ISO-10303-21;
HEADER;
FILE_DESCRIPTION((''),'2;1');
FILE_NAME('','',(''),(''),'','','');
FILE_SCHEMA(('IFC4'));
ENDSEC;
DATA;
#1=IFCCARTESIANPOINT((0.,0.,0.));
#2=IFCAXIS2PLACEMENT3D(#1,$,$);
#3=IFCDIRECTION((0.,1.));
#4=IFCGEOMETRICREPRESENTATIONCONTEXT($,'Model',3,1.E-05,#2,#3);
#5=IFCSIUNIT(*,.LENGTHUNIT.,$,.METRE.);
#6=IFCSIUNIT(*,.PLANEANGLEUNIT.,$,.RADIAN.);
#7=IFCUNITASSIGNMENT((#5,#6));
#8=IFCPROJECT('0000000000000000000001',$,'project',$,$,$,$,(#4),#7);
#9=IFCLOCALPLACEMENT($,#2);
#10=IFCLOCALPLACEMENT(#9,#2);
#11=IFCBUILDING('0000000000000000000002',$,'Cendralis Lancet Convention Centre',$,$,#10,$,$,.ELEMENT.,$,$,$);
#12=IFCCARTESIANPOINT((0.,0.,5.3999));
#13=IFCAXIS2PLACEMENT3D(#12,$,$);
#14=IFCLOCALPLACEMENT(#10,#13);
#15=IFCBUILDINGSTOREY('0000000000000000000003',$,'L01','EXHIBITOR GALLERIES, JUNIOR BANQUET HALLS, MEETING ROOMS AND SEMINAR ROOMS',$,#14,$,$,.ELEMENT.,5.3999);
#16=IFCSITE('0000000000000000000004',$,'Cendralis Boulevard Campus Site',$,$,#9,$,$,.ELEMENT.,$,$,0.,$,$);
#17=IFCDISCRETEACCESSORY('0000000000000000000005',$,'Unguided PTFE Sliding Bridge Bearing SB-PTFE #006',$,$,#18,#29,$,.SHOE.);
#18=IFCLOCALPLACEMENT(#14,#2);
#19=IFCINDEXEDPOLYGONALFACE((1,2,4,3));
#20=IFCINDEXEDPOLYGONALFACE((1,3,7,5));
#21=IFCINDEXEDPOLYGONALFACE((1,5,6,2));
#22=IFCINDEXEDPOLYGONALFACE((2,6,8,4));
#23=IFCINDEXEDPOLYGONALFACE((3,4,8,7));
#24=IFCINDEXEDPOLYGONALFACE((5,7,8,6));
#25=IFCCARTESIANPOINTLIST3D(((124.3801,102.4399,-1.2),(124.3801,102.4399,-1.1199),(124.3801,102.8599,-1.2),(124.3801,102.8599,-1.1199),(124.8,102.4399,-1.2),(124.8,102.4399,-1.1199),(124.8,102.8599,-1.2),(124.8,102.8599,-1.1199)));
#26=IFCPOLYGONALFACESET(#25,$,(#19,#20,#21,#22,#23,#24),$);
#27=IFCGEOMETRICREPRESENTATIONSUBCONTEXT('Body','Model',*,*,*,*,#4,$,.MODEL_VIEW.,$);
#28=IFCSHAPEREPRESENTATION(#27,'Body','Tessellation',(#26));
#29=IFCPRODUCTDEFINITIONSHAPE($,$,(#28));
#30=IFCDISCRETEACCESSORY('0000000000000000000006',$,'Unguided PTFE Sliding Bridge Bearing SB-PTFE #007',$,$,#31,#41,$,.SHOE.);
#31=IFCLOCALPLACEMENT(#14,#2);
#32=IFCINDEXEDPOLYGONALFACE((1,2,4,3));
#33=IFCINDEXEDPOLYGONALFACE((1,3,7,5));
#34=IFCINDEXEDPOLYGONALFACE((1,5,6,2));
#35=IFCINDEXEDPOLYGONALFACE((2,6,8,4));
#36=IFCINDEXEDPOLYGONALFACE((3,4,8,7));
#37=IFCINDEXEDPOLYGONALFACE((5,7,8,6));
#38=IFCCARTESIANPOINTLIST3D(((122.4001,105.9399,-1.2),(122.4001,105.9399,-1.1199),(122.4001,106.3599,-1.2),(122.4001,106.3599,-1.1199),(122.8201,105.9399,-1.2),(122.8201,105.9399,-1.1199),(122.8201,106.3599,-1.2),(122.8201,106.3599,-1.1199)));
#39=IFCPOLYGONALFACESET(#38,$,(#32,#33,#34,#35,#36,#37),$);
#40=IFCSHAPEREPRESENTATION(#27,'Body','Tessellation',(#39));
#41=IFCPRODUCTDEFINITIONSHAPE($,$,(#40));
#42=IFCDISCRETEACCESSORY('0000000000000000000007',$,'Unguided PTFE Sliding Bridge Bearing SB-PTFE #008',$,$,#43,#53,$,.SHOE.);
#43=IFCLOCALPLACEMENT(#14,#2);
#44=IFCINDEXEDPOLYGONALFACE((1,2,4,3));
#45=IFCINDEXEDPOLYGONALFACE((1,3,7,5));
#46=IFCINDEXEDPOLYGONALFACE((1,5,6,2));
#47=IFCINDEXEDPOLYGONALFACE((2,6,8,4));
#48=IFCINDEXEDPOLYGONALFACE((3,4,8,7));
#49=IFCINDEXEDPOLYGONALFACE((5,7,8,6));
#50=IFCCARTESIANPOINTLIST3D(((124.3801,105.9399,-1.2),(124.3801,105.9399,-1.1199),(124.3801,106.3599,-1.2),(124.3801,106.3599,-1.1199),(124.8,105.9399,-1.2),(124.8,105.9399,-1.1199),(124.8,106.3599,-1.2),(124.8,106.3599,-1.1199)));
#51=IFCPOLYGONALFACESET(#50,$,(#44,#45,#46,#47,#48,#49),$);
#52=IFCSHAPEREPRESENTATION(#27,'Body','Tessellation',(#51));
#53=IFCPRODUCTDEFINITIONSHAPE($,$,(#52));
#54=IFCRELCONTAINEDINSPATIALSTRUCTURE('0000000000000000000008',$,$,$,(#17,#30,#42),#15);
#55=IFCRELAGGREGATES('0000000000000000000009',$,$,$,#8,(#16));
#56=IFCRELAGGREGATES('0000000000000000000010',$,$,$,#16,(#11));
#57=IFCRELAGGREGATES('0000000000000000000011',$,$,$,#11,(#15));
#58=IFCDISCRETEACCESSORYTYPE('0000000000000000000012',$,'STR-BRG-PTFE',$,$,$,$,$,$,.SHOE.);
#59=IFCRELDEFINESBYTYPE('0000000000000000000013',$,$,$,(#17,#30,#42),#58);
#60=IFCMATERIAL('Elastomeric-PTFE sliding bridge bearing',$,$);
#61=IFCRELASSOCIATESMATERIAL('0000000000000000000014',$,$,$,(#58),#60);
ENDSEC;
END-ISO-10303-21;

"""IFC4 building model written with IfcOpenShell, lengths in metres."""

from ifc_helpers import new_model, si_unit, direction, frame, origin, origin_2d, place, context, subcontext, project, spatial, rectangle, extrude, material, type_object, element, save


model = new_model("IFC4")

# Units and contexts
model_context = context("Model", 3, precision=1e-05, world=origin(), true_north=direction((0.0, 1.0)))
body_context = subcontext(model_context, "Body", "Model", "MODEL_VIEW")
ifc_project = project(units=[si_unit("LENGTHUNIT", "METRE"), si_unit("PLANEANGLEUNIT", "RADIAN")], contexts=[model_context])

# Site, building, storey
site_placement = place(None, origin())
site = spatial("IfcSite", under=ifc_project, at=site_placement, Name="Cendralis Boulevard Campus Site", CompositionType="ELEMENT", RefElevation=0.0)
building_placement = place(site_placement, origin())
building = spatial("IfcBuilding", under=site, at=building_placement, Name="Cendralis Lancet Convention Centre", CompositionType="ELEMENT")
storey_placement = place(building_placement, frame((0.0, 0.0, 5.3999)))
storey = spatial("IfcBuildingStorey", under=building, at=storey_placement, Name="L01", Description="EXHIBITOR GALLERIES, JUNIOR BANQUET HALLS, MEETING ROOMS AND SEMINAR ROOMS", CompositionType="ELEMENT", Elevation=5.3999)

# Discrete accessories
ifc_material_1 = material(Name="Elastomeric-PTFE sliding bridge bearing")
discrete_accessory_type = type_object("IfcDiscreteAccessoryType", Name="STR-BRG-PTFE", PredefinedType="SHOE", material=ifc_material_1)
for number, where, z_axis, x_axis, name in (
    (1, (124.5901, 102.6499, -1.2), (0.0, 0.0, 1.0), (1.0, 0.0, 0.0), "Unguided PTFE Sliding Bridge Bearing SB-PTFE #006"),
    (2, (122.6101, 106.1499, -1.2), (0.0, 0.0, 1.0), (1.0, 0.0, 0.0), "Unguided PTFE Sliding Bridge Bearing SB-PTFE #007"),
    (3, (124.5901, 106.1499, -1.2), (0.0, 0.0, 1.0), (1.0, 0.0, 0.0), "Unguided PTFE Sliding Bridge Bearing SB-PTFE #008"),
):
    element("IfcDiscreteAccessory", number, at=place(storey_placement, frame(where, z_axis=z_axis, x_axis=x_axis)), inside=storey, type_object=discrete_accessory_type, Name=name, PredefinedType="SHOE", context=body_context, shape_type="SweptSolid", body=[
        extrude(rectangle(XDim=0.4199, YDim=0.4199, at=origin_2d()), origin(), (0.0, 0.0, 1.0), 0.0801),
    ])

save(model, "model.ifc")
